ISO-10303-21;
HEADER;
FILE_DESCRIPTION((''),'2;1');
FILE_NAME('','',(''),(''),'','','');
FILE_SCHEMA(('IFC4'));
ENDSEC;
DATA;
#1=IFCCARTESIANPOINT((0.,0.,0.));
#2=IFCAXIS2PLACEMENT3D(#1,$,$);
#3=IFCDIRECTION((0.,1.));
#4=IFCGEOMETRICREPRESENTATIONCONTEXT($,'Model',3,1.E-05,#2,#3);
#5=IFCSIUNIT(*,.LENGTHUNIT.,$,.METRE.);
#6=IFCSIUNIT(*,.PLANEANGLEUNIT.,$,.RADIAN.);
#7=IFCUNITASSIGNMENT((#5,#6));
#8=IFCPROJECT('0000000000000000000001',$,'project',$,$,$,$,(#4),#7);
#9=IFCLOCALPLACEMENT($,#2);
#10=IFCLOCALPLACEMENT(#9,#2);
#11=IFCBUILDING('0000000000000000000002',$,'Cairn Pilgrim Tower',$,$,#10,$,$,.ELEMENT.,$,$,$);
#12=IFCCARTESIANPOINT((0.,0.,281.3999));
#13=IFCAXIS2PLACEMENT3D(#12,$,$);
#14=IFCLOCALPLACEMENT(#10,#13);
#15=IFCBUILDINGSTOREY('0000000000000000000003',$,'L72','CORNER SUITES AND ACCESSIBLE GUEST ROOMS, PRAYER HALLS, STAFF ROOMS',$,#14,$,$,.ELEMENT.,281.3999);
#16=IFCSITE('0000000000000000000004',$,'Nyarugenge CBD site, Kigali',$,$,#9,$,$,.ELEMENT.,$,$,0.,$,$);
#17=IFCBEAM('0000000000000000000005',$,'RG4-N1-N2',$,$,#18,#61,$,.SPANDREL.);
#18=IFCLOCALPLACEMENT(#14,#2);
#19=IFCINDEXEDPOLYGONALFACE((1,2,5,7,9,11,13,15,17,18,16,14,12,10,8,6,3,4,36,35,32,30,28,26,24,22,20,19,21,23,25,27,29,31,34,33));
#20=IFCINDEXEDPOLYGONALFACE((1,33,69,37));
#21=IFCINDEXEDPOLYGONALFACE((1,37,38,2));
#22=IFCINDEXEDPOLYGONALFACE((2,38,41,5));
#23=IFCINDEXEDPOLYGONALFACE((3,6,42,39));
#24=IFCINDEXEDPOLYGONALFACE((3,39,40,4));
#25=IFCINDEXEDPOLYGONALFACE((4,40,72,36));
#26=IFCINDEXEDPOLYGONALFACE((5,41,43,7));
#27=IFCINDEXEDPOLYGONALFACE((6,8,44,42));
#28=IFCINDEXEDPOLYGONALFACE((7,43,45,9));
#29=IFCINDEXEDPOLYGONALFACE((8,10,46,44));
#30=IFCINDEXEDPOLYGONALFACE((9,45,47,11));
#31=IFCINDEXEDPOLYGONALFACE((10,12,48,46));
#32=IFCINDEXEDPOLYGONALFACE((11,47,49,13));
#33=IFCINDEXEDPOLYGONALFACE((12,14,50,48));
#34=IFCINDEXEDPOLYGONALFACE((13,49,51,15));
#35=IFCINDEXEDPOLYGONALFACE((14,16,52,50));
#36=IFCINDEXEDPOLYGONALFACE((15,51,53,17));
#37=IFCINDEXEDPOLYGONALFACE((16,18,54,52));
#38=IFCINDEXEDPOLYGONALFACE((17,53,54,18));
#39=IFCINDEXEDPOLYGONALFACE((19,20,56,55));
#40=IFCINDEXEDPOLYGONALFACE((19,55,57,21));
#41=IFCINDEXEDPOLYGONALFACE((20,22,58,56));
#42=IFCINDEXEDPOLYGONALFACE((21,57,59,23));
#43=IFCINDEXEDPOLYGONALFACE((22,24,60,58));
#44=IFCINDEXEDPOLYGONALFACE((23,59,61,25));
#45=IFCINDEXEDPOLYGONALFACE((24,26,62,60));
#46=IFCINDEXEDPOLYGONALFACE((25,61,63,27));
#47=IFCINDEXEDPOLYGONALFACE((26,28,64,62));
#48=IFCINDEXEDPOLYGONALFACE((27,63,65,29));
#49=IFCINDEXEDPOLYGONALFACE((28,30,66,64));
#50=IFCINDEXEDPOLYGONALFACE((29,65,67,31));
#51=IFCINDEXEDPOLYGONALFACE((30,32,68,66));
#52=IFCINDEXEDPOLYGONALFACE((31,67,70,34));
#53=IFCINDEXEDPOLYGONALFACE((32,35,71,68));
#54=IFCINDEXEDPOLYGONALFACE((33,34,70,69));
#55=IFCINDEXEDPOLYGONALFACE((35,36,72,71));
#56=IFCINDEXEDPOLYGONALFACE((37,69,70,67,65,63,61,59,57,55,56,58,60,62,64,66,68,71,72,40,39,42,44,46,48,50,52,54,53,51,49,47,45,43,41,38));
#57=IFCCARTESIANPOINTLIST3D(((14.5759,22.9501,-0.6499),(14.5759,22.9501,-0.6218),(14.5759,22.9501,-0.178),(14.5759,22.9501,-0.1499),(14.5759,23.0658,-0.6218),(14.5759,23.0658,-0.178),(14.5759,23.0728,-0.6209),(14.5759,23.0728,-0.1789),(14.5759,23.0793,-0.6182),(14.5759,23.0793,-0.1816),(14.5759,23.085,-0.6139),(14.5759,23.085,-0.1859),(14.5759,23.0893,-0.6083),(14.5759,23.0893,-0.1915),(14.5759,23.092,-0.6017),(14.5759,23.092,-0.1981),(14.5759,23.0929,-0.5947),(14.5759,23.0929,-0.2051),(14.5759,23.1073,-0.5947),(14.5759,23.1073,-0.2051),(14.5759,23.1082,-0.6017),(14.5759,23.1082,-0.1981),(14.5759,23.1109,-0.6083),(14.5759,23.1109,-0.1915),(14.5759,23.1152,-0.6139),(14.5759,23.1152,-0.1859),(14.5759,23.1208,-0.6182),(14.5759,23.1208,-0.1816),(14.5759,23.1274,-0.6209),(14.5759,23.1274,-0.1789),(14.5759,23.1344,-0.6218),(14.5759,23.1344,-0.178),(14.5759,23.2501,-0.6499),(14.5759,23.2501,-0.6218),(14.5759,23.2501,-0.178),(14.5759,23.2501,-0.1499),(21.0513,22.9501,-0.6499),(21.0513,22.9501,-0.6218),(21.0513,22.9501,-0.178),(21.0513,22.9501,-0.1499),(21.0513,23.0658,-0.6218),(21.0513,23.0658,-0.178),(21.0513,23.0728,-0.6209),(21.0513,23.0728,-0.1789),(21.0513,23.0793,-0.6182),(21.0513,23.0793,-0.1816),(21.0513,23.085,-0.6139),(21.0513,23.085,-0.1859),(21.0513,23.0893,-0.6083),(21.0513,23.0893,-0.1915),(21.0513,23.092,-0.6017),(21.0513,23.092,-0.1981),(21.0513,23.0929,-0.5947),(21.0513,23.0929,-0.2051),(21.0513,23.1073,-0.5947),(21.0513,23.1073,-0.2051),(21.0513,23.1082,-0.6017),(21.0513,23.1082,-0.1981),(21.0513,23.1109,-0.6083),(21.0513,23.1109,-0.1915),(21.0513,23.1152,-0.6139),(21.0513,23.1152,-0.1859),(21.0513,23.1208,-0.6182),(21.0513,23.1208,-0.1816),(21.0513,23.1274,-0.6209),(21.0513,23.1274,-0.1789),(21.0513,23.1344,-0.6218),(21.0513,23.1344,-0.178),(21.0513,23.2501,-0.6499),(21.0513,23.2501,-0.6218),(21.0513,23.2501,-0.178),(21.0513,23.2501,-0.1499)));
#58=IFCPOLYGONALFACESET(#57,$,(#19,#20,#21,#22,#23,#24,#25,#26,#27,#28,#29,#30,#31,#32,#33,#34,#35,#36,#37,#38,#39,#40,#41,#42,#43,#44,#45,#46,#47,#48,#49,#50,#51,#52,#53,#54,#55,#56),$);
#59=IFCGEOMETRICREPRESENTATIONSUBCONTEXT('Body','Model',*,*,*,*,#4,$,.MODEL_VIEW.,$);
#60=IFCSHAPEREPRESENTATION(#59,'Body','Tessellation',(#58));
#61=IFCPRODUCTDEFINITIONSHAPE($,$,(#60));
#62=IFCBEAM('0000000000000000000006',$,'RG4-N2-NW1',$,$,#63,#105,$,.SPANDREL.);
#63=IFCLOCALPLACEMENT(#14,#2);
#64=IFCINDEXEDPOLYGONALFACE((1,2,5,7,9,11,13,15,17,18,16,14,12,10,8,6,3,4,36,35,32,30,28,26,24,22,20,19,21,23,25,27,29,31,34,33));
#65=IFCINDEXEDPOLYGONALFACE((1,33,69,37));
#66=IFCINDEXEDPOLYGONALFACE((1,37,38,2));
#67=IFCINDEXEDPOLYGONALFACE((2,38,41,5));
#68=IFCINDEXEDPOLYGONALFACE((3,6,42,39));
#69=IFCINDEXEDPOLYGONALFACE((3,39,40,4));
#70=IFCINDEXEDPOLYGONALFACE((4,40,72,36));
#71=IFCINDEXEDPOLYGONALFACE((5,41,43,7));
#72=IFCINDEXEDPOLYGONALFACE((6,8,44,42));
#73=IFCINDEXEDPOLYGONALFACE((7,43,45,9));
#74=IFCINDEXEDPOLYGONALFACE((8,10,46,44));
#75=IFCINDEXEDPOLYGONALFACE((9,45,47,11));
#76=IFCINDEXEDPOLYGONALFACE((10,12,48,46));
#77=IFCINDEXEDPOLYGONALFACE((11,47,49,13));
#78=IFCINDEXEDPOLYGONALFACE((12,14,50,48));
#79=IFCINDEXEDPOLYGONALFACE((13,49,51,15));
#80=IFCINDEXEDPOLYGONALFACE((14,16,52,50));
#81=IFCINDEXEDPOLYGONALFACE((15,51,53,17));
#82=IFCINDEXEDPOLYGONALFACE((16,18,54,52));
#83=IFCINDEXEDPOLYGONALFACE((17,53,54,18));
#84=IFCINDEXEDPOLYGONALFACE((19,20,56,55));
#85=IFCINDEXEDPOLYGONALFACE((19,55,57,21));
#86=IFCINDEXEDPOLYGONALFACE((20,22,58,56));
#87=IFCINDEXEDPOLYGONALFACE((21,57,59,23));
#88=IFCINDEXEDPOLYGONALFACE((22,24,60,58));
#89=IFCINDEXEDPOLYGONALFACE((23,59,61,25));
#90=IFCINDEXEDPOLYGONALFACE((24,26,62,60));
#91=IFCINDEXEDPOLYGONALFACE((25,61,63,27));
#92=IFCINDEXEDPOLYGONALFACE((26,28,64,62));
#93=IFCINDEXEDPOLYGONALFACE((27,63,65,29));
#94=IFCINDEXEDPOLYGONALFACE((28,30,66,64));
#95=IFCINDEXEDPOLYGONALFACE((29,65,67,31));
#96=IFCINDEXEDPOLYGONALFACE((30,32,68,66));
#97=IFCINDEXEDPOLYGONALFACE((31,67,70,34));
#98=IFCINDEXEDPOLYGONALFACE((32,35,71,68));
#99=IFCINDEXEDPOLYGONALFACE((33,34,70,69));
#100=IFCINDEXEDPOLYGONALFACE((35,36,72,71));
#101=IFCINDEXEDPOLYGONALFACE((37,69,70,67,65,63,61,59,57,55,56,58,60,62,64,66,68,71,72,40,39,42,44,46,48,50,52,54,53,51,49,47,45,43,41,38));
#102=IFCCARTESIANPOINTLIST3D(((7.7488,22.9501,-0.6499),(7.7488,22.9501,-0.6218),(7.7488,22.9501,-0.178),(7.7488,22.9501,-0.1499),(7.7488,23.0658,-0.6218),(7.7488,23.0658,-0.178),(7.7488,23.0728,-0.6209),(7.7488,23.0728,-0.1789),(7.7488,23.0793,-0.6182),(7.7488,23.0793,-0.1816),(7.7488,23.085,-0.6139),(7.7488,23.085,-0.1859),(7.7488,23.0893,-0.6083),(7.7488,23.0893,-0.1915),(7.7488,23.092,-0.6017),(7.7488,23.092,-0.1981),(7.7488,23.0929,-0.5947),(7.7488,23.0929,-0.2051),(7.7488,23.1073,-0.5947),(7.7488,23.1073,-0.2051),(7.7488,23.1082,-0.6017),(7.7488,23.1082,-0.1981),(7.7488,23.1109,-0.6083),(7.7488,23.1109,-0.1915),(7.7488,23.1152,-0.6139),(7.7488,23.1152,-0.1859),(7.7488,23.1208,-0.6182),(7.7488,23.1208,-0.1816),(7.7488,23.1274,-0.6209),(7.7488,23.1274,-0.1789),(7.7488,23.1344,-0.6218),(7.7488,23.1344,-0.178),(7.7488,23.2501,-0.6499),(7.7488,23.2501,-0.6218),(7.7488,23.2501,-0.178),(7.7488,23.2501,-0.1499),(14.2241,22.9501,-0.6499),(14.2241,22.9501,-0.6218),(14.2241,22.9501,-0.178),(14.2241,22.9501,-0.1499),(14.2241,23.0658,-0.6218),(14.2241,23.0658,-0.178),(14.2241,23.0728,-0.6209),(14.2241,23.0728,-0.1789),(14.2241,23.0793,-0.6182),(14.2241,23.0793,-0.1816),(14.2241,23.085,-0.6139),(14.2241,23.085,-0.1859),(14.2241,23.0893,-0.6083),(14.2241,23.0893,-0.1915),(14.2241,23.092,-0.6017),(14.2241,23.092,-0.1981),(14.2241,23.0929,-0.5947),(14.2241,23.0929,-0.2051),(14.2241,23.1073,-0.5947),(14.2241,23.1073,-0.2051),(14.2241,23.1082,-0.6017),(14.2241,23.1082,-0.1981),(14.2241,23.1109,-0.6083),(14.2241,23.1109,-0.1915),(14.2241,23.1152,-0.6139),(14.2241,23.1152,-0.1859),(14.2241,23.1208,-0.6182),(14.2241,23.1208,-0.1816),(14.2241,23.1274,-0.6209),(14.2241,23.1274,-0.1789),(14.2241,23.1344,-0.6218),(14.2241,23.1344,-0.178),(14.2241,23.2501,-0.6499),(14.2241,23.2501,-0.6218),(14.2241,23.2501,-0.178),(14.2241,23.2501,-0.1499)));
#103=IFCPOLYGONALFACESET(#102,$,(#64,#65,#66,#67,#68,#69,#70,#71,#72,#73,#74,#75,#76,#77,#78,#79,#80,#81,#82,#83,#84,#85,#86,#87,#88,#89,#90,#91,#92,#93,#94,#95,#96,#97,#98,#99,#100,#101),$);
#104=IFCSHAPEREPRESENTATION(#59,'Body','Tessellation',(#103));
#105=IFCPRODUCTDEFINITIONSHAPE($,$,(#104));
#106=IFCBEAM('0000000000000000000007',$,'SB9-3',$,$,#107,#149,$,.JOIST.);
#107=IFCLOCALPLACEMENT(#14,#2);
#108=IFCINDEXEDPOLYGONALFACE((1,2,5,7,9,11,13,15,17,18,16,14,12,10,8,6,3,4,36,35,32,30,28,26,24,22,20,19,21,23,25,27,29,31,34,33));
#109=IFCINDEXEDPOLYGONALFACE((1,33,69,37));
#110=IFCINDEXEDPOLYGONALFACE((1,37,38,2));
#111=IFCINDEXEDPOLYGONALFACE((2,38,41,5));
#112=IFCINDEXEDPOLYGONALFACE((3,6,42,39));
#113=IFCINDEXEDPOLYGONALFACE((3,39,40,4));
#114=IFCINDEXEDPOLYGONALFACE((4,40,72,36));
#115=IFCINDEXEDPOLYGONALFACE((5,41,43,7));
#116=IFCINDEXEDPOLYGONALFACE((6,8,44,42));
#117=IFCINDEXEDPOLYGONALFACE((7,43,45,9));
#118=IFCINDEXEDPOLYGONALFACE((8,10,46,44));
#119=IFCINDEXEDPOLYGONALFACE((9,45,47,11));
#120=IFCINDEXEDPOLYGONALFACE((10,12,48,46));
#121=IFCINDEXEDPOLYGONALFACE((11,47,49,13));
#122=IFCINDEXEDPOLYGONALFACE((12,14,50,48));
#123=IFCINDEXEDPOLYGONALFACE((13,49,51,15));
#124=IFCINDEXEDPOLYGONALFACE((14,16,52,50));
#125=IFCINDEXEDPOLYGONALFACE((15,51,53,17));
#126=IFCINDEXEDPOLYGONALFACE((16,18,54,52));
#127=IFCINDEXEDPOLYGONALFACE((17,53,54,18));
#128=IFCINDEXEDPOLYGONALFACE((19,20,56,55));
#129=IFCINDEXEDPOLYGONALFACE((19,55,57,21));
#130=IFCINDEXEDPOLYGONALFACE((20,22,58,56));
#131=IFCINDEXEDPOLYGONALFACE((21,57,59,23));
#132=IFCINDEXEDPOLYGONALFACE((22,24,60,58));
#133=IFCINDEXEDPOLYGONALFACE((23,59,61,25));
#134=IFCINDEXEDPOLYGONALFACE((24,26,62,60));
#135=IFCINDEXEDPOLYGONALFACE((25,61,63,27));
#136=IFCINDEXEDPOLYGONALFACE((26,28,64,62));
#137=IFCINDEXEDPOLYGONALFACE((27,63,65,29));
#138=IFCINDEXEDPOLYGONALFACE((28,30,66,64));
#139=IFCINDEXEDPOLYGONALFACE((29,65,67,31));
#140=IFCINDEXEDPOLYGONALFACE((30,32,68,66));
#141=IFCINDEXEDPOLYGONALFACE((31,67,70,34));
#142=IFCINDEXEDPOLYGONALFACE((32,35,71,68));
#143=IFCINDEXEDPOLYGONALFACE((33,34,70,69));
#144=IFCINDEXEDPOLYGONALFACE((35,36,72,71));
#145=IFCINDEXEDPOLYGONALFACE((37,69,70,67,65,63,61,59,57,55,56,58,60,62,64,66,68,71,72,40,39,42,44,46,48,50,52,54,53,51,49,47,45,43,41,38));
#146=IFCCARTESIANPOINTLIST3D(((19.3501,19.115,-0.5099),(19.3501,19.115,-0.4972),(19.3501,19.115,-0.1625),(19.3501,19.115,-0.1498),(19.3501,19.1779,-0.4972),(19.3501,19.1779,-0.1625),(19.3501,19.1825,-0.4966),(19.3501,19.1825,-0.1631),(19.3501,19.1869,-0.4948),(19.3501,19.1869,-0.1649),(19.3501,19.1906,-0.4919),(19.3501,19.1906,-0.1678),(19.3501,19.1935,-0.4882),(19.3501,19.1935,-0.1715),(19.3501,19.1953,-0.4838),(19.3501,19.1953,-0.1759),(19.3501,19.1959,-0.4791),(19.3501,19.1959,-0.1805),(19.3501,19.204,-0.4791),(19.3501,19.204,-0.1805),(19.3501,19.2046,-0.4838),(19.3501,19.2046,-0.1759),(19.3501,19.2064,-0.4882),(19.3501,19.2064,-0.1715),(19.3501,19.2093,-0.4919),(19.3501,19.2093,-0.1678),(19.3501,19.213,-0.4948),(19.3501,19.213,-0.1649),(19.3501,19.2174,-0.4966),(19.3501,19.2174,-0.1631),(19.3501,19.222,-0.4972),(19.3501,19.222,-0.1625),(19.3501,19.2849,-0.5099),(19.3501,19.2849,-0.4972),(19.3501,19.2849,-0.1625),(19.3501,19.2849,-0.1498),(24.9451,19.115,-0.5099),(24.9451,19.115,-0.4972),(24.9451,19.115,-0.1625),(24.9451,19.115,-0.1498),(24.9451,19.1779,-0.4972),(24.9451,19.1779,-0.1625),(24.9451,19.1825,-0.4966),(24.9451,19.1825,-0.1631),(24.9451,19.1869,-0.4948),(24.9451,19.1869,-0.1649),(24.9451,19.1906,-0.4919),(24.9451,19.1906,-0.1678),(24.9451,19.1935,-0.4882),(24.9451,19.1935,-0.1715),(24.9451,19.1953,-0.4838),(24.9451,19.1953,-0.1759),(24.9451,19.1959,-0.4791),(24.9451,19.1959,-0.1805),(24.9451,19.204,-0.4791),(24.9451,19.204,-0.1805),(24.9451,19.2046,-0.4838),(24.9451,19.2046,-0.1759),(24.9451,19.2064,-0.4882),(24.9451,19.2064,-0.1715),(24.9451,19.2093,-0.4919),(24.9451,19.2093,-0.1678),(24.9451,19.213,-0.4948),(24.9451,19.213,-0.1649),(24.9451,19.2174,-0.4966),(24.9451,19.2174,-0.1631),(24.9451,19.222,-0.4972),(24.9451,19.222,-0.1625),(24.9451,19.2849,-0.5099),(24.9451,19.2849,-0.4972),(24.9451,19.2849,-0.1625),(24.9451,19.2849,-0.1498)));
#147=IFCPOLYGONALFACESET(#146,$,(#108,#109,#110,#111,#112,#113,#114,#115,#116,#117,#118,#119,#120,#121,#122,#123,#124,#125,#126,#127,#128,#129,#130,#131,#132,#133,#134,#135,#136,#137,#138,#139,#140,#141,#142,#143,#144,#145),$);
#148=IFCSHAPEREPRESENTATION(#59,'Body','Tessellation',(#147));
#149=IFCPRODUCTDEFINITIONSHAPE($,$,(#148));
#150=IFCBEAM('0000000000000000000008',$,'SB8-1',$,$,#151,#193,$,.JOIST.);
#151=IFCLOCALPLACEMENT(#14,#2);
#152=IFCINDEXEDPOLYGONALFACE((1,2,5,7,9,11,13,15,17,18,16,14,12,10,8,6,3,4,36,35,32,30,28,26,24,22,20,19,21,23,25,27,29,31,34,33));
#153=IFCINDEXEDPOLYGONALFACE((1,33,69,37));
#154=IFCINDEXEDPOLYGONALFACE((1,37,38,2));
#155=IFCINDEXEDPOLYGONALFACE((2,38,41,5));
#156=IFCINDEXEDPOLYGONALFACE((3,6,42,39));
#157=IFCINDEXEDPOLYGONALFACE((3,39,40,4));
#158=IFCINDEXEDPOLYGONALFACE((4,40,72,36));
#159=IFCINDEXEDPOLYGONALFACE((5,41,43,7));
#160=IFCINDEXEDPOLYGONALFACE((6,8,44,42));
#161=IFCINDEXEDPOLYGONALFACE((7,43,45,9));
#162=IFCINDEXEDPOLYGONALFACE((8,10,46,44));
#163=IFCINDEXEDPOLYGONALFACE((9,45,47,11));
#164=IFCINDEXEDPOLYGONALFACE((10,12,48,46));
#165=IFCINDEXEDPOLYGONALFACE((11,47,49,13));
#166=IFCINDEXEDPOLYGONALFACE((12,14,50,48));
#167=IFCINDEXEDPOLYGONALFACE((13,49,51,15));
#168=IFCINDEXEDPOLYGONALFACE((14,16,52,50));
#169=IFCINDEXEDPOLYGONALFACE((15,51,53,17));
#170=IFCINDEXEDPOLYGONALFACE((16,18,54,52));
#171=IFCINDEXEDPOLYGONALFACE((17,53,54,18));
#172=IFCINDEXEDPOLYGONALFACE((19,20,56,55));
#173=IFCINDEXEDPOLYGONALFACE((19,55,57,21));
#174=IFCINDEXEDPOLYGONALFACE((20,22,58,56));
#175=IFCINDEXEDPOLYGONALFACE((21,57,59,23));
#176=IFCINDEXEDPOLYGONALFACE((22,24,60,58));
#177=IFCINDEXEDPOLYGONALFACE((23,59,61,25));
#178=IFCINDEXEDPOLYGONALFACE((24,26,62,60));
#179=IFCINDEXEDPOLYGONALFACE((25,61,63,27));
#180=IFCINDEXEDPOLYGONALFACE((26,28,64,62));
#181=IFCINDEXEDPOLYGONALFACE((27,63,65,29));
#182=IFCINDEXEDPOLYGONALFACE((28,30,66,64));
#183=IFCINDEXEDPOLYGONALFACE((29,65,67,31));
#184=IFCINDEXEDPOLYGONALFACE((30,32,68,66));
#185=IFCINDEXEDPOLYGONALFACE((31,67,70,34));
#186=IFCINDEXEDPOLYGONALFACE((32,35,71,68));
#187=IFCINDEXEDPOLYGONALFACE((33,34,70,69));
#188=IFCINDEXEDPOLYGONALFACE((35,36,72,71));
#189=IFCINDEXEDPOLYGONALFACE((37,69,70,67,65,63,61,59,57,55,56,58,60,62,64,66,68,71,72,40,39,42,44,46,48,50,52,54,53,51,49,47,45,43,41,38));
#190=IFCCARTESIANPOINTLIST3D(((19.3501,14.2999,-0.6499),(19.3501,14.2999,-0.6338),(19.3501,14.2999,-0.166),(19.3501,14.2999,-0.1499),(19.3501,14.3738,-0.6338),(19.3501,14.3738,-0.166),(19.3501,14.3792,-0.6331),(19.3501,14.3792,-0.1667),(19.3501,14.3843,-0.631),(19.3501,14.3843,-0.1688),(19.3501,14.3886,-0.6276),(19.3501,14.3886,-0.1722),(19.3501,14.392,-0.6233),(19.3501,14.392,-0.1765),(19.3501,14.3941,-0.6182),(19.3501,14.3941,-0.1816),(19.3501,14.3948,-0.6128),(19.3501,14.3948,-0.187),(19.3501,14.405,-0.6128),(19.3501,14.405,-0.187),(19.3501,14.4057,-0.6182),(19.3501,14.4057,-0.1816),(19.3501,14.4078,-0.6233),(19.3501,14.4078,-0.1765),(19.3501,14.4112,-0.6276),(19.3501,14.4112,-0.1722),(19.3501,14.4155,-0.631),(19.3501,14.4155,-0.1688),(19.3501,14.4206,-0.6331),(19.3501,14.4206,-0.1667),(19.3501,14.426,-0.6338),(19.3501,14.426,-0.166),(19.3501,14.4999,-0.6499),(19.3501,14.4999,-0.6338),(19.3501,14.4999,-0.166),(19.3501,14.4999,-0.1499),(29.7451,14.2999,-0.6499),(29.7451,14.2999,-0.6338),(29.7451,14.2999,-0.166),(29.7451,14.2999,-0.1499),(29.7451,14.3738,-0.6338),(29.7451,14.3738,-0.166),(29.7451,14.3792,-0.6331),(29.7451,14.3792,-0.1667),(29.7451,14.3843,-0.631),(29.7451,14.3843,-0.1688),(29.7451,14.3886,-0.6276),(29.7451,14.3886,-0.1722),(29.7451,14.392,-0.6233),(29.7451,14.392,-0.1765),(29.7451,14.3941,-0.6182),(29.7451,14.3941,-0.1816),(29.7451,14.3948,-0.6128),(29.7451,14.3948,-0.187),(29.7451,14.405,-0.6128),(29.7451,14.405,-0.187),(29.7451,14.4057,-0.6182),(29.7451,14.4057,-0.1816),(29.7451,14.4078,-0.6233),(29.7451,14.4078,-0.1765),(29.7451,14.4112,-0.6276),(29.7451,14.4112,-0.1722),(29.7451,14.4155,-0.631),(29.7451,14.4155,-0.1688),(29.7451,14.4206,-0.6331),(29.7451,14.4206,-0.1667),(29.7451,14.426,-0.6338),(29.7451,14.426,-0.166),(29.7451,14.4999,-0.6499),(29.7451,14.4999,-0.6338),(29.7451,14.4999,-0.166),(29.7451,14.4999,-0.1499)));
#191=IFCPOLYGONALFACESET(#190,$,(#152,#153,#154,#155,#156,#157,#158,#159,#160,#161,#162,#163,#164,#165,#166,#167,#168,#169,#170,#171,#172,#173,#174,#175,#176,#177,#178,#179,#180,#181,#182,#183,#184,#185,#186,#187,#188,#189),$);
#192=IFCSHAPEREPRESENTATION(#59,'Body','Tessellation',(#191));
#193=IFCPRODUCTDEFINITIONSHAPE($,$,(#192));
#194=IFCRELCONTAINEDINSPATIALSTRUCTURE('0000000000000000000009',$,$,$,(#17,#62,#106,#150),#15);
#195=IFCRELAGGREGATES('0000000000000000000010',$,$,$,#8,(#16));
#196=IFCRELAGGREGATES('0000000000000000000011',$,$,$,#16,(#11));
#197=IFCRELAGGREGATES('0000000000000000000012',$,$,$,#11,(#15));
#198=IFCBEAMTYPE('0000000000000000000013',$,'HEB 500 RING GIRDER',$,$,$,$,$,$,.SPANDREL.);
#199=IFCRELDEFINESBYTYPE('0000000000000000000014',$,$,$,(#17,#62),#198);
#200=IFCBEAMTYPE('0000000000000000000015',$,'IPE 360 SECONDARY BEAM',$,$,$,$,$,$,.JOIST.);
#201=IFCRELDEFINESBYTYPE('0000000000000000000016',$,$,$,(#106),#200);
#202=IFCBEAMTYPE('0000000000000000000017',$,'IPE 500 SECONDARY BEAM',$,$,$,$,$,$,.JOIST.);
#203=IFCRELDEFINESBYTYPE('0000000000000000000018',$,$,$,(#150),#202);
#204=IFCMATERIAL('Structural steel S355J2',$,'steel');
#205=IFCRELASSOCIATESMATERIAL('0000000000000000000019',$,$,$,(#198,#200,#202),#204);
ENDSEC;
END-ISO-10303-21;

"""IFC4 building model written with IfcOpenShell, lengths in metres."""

from ifc_helpers import new_model, si_unit, direction, frame, origin, origin_2d, place, context, subcontext, project, spatial, i_section, extrude, material, material_profile, profile_set, type_object, element, save


model = new_model("IFC4")

# Units and contexts
model_context = context("Model", 3, precision=1e-05, world=origin(), true_north=direction((0.0, 1.0)))
body_context = subcontext(model_context, "Body", "Model", "MODEL_VIEW")
ifc_project = project(units=[si_unit("LENGTHUNIT", "METRE"), si_unit("PLANEANGLEUNIT", "RADIAN")], contexts=[model_context])

# Site, building, storey
site_placement = place(None, origin())
site = spatial("IfcSite", under=ifc_project, at=site_placement, Name="Nyarugenge CBD site, Kigali", CompositionType="ELEMENT", RefElevation=0.0)
building_placement = place(site_placement, origin())
building = spatial("IfcBuilding", under=site, at=building_placement, Name="Cairn Pilgrim Tower", CompositionType="ELEMENT")
storey_placement = place(building_placement, frame((0.0, 0.0, 281.3999)))
storey = spatial("IfcBuildingStorey", under=building, at=storey_placement, Name="L72", Description="CORNER SUITES AND ACCESSIBLE GUEST ROOMS, PRAYER HALLS, STAFF ROOMS", CompositionType="ELEMENT", Elevation=281.3999)

# Shared definitions
ifc_material_1 = material(Name="Structural steel S355J2", Category="steel")

# Beams
ifc_material_profile_1 = material_profile(ifc_material_1, i_section(OverallWidth=0.3, OverallDepth=0.5, WebThickness=0.0144, FlangeThickness=0.0281, FilletRadius=0.0271, at=origin_2d()), Name="HEB 500")
ifc_profile_set_1 = profile_set([ifc_material_profile_1], Name="Structural steel S355J2")
beam_type_1 = type_object("IfcBeamType", Name="HEB 500 RING GIRDER", PredefinedType="SPANDREL", material=ifc_profile_set_1)
for number, where, z_axis, x_axis, name in (
    (1, (21.0513, 23.1001, -0.3999), (-1.0, 0.0, 0.0), (0.0, -1.0, 0.0), "RG4-N1-N2"),
    (2, (14.2241, 23.1001, -0.3999), (-1.0, 0.0, 0.0), (0.0, -1.0, 0.0), "RG4-N2-NW1"),
):
    element("IfcBeam", number, at=place(storey_placement, frame(where, z_axis=z_axis, x_axis=x_axis)), inside=storey, type_object=beam_type_1, Name=name, PredefinedType="SPANDREL", context=body_context, shape_type="SweptSolid", body=[
        extrude(i_section(OverallWidth=0.3, OverallDepth=0.5, WebThickness=0.0144, FlangeThickness=0.0281, FilletRadius=0.0271, at=origin_2d()), origin(), (0.0, 0.0, 1.0), 6.4753),
    ])
ifc_material_profile_2 = material_profile(ifc_material_1, i_section(OverallWidth=0.1699, OverallDepth=0.3601, WebThickness=0.0081, FlangeThickness=0.0127, FilletRadius=0.0181, at=origin_2d()), Name="IPE 360")
ifc_profile_set_2 = profile_set([ifc_material_profile_2], Name="Structural steel S355J2")
beam_type_2 = type_object("IfcBeamType", Name="IPE 360 SECONDARY BEAM", PredefinedType="JOIST", material=ifc_profile_set_2)
beam_1_placement = place(storey_placement, frame((19.3501, 19.2, -0.3298), z_axis=(1.0, 0.0, 0.0), x_axis=(0.0, 1.0, 0.0)))
element("IfcBeam", 3, at=beam_1_placement, inside=storey, type_object=beam_type_2, Name="SB9-3", PredefinedType="JOIST", context=body_context, shape_type="SweptSolid", body=[
    extrude(i_section(OverallWidth=0.1699, OverallDepth=0.3601, WebThickness=0.0081, FlangeThickness=0.0127, FilletRadius=0.0181, at=origin_2d()), origin(), (0.0, 0.0, 1.0), 5.595),
])
ifc_material_profile_3 = material_profile(ifc_material_1, i_section(OverallWidth=0.2, OverallDepth=0.5, WebThickness=0.0103, FlangeThickness=0.0161, FilletRadius=0.021, at=origin_2d()), Name="IPE 500")
ifc_profile_set_3 = profile_set([ifc_material_profile_3], Name="Structural steel S355J2")
beam_type_3 = type_object("IfcBeamType", Name="IPE 500 SECONDARY BEAM", PredefinedType="JOIST", material=ifc_profile_set_3)
beam_2_placement = place(storey_placement, frame((19.3501, 14.3999, -0.3999), z_axis=(1.0, 0.0, 0.0), x_axis=(0.0, 1.0, 0.0)))
element("IfcBeam", 4, at=beam_2_placement, inside=storey, type_object=beam_type_3, Name="SB8-1", PredefinedType="JOIST", context=body_context, shape_type="SweptSolid", body=[
    extrude(i_section(OverallWidth=0.2, OverallDepth=0.5, WebThickness=0.0103, FlangeThickness=0.0161, FilletRadius=0.021, at=origin_2d()), origin(), (0.0, 0.0, 1.0), 10.395),
])

save(model, "model.ifc")
